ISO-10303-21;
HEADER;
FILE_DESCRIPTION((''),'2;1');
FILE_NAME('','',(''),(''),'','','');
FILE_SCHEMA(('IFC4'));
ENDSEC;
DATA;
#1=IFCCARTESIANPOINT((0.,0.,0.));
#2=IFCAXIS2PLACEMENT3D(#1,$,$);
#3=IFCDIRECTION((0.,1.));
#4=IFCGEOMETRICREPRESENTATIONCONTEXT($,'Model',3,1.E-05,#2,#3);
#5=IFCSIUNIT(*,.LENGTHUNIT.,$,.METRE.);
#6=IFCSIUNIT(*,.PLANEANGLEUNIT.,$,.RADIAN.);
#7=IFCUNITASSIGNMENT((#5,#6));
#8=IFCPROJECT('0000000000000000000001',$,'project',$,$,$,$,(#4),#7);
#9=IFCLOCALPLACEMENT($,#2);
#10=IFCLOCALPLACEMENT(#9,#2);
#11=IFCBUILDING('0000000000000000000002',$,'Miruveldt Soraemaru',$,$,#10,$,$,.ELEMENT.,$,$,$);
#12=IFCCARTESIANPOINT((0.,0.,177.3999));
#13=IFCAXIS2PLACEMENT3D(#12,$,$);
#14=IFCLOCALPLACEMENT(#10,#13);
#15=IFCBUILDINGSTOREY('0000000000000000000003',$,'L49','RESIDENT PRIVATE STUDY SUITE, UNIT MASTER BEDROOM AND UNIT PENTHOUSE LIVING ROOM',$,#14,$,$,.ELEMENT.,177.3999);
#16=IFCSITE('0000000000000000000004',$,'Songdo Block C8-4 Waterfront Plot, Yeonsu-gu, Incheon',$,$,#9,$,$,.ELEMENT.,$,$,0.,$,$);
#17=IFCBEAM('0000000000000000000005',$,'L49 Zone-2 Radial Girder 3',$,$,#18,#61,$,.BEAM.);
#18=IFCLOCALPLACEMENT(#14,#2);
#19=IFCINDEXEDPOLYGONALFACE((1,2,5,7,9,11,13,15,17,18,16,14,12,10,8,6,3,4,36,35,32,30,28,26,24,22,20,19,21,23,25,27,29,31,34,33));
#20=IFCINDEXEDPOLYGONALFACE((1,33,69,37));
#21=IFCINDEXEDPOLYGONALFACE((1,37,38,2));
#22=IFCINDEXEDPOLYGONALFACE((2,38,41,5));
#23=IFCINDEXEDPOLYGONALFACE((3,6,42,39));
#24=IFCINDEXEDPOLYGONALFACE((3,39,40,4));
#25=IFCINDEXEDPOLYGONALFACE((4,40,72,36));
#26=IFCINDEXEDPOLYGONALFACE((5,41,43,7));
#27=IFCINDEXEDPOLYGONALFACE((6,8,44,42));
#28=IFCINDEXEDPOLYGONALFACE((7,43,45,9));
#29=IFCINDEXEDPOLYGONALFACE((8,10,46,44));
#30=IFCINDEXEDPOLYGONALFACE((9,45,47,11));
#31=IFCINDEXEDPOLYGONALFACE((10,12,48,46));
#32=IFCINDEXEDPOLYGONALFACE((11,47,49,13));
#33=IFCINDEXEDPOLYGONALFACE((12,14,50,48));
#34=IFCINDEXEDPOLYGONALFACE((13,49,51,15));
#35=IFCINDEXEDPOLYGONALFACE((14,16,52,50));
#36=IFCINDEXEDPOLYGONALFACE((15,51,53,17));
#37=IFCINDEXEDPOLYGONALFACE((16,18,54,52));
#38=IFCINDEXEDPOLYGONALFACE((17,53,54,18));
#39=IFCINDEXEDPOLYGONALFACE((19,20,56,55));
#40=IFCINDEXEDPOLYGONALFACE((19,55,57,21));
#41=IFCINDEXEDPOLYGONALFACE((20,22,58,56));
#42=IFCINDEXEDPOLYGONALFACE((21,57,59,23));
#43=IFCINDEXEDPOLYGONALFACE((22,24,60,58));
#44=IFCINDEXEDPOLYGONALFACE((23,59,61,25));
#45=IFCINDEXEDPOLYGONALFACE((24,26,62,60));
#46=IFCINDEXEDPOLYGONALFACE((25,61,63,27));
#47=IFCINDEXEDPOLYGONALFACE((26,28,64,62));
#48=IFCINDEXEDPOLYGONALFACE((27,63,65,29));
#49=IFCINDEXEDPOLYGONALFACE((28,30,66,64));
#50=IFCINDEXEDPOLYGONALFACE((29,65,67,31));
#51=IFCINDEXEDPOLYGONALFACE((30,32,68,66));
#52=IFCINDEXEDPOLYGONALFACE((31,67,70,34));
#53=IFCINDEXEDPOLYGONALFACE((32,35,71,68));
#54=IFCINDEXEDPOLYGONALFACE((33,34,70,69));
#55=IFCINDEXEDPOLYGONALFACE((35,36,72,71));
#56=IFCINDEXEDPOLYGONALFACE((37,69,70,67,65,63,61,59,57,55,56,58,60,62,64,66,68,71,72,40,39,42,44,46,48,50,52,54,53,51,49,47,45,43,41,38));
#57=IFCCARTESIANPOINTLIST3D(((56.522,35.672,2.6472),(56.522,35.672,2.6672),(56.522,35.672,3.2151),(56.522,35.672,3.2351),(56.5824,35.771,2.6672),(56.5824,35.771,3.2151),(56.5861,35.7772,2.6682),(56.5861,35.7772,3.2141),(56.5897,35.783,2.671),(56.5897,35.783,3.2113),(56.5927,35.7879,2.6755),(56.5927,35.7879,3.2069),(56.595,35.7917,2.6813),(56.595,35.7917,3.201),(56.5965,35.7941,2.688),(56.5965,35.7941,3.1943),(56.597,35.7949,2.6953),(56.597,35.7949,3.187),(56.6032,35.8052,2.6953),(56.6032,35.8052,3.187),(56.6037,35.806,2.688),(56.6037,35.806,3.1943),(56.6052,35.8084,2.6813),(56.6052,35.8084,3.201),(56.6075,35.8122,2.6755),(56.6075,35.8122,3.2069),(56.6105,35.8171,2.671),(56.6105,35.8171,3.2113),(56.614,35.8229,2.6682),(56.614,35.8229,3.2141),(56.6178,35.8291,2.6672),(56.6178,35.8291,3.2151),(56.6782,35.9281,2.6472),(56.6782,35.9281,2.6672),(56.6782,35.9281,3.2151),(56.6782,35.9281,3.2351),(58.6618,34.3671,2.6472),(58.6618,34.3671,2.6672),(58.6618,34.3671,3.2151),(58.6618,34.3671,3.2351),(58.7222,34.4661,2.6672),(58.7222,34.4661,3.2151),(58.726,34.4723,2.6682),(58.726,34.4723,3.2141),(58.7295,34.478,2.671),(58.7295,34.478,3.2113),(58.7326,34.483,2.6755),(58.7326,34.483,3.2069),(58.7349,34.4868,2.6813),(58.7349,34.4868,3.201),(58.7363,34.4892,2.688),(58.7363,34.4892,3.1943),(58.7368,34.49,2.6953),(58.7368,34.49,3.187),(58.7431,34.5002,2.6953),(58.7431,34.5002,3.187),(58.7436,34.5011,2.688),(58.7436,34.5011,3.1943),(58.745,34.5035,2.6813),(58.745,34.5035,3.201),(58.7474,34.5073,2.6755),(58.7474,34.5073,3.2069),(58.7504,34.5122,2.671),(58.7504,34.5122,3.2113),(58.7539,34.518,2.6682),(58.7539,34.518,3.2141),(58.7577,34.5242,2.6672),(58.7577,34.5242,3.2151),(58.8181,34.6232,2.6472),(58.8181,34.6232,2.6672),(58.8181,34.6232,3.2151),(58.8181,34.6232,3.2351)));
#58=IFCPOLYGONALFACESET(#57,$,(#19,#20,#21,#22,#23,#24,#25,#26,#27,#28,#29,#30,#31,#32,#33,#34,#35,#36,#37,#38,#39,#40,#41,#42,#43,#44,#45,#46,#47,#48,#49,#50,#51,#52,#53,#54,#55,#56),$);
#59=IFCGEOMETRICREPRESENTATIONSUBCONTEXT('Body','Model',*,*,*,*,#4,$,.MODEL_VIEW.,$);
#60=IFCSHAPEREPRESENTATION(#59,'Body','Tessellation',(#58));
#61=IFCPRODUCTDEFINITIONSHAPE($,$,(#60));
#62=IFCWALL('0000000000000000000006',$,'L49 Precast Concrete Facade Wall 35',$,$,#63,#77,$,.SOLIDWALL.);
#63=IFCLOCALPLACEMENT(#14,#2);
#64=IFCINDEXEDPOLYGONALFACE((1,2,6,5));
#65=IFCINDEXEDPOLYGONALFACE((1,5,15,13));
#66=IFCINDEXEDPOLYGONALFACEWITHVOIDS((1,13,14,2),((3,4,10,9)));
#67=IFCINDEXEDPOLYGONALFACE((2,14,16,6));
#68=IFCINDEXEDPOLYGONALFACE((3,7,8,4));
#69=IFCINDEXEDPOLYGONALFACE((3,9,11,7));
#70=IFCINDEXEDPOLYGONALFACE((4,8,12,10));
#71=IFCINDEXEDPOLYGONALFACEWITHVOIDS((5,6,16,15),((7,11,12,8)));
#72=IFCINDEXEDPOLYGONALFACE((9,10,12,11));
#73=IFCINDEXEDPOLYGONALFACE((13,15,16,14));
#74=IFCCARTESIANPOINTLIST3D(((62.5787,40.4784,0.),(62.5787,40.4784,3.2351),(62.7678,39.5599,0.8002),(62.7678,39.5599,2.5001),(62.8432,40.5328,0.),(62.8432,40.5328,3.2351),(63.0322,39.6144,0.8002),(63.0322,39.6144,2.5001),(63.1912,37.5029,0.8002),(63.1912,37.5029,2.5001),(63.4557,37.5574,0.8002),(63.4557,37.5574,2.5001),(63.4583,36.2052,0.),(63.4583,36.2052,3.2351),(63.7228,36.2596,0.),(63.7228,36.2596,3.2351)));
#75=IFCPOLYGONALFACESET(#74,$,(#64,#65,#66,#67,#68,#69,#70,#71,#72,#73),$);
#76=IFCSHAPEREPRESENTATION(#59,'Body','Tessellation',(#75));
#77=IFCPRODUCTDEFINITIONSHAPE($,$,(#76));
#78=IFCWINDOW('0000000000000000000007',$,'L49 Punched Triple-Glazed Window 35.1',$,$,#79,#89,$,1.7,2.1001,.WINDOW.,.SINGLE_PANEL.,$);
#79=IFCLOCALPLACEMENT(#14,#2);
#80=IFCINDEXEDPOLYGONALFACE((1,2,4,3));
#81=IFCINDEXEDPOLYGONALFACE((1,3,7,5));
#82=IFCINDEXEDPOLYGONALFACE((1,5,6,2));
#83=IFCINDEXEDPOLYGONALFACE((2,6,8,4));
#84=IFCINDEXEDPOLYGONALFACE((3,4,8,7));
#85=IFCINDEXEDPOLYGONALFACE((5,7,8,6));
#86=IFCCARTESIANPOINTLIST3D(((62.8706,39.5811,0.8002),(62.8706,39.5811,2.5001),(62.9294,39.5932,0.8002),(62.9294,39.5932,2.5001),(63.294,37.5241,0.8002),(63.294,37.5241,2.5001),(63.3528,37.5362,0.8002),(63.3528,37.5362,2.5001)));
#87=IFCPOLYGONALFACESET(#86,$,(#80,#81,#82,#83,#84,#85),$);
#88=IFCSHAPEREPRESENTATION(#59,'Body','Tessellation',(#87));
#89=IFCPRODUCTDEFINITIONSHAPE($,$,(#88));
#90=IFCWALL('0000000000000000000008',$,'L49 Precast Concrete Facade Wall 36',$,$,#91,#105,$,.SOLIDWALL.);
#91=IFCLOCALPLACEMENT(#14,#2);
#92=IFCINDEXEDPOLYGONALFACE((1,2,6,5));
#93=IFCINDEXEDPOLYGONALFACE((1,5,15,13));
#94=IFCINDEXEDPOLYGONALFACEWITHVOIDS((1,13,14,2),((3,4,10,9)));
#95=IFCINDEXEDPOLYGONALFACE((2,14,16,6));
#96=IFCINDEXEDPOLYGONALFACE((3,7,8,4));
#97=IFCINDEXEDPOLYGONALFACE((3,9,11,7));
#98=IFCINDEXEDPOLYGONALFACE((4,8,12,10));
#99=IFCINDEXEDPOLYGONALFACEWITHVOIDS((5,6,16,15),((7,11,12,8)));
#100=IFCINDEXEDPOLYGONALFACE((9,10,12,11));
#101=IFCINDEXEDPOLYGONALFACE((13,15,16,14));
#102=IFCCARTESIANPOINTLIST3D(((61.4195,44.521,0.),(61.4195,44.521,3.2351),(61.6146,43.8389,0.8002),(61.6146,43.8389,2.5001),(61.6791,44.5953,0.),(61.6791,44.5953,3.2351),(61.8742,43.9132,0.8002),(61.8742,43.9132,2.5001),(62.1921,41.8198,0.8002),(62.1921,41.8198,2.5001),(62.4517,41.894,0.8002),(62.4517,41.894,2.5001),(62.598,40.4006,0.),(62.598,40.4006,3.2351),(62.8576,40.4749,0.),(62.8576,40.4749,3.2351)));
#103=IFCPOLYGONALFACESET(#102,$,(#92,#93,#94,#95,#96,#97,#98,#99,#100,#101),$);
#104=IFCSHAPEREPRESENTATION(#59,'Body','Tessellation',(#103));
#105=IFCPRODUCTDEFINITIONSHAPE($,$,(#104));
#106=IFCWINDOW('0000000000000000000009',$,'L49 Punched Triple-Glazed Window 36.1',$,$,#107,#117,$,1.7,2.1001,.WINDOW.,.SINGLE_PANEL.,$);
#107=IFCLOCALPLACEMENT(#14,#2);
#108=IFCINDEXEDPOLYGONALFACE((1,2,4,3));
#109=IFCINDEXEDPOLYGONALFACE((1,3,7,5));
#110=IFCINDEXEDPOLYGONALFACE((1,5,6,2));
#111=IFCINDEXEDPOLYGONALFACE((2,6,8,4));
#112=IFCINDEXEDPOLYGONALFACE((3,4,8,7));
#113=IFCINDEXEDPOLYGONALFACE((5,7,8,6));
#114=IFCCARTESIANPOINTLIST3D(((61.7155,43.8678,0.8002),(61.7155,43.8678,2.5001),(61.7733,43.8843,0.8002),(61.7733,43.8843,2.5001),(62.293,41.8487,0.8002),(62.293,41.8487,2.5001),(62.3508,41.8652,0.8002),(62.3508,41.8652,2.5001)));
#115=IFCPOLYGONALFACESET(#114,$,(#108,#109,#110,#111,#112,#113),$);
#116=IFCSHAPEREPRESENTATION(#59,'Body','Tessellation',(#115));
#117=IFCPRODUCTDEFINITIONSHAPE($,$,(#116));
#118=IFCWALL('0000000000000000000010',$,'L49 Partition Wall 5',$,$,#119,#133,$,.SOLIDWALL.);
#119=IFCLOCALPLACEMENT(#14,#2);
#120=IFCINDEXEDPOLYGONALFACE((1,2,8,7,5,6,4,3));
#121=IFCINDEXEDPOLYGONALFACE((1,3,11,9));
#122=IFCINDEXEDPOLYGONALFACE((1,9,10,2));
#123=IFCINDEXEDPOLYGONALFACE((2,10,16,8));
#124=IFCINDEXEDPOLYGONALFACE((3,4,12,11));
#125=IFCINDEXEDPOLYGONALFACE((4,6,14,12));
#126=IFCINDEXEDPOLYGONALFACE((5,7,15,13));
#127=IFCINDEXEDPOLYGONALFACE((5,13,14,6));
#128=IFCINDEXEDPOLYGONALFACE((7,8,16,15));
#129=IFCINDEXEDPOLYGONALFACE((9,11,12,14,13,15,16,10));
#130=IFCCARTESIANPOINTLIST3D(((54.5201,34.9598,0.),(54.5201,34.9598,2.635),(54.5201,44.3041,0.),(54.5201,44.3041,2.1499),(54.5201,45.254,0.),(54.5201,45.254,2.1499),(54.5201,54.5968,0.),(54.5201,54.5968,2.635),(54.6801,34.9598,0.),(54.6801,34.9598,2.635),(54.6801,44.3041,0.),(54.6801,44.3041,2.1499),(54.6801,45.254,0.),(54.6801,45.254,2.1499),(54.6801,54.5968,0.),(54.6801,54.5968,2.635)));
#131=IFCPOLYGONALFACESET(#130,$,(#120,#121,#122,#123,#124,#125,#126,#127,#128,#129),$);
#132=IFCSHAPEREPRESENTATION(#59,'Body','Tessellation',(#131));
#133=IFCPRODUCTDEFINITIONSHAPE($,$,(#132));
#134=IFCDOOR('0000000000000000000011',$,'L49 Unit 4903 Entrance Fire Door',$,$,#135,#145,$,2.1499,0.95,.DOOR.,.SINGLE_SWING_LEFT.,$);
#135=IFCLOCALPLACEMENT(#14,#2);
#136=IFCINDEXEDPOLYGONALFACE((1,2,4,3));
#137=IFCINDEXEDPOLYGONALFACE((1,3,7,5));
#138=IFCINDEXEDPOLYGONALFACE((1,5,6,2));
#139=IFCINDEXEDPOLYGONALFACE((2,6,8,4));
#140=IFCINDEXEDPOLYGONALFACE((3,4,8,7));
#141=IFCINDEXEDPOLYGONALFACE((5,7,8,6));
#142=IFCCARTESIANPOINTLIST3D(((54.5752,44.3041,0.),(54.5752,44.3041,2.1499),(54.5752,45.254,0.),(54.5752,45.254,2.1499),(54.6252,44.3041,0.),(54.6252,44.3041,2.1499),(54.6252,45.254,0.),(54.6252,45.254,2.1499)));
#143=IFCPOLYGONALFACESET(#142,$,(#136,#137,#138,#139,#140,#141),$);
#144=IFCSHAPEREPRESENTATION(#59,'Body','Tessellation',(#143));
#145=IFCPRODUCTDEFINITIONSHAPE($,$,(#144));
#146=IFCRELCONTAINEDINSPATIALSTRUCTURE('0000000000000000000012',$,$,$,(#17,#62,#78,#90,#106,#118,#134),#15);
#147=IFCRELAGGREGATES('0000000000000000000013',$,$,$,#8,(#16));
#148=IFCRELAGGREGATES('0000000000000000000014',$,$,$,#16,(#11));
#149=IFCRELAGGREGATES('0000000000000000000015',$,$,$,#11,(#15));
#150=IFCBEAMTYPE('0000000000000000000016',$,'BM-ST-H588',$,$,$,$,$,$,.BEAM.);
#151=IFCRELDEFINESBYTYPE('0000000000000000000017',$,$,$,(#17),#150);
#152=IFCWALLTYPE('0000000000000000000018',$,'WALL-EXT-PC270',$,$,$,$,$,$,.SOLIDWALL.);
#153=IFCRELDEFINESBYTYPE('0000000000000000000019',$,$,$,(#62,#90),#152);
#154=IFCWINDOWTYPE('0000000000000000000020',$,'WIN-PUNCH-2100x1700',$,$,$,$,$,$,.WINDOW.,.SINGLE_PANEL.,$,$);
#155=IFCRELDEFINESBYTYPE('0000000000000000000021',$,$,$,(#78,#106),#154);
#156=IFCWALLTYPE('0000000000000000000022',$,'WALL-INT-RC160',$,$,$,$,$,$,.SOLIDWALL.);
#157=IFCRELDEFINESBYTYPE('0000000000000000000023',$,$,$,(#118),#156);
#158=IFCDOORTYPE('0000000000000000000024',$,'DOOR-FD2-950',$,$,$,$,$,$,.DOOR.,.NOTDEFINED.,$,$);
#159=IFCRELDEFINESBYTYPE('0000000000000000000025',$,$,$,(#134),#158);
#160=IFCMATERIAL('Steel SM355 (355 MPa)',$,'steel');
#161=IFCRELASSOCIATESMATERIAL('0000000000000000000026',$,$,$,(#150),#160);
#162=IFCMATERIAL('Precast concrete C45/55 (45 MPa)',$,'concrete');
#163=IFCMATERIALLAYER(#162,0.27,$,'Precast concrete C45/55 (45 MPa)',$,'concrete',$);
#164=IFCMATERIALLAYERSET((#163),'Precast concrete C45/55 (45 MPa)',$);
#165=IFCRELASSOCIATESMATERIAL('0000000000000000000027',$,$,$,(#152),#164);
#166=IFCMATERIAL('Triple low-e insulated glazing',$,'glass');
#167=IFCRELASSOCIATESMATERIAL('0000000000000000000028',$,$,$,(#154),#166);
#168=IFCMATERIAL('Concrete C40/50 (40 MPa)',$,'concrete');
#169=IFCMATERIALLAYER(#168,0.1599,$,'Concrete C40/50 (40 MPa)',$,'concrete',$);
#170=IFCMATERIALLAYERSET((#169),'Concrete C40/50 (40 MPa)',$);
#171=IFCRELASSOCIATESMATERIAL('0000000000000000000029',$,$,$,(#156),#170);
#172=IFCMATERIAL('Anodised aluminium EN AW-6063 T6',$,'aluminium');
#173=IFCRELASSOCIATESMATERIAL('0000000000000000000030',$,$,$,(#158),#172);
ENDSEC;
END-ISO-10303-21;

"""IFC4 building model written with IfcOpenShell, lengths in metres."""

from ifc_helpers import new_model, si_unit, direction, frame, frame_2d, origin, origin_2d, place, context, subcontext, project, spatial, rectangle, i_section, extrude, material, layer, layer_set, material_profile, profile_set, type_object, element, fill, save


model = new_model("IFC4")

# Units and contexts
model_context = context("Model", 3, precision=1e-05, world=origin(), true_north=direction((0.0, 1.0)))
body_context = subcontext(model_context, "Body", "Model", "MODEL_VIEW")
ifc_project = project(units=[si_unit("LENGTHUNIT", "METRE"), si_unit("PLANEANGLEUNIT", "RADIAN")], contexts=[model_context])

# Site, building, storey
site_placement = place(None, origin())
site = spatial("IfcSite", under=ifc_project, at=site_placement, Name="Songdo Block C8-4 Waterfront Plot, Yeonsu-gu, Incheon", CompositionType="ELEMENT", RefElevation=0.0)
building_placement = place(site_placement, origin())
building = spatial("IfcBuilding", under=site, at=building_placement, Name="Miruveldt Soraemaru", CompositionType="ELEMENT")
storey_placement = place(building_placement, frame((0.0, 0.0, 177.3999)))
storey = spatial("IfcBuildingStorey", under=building, at=storey_placement, Name="L49", Description="RESIDENT PRIVATE STUDY SUITE, UNIT MASTER BEDROOM AND UNIT PENTHOUSE LIVING ROOM", CompositionType="ELEMENT", Elevation=177.3999)

# Beam
ifc_material_1 = material(Name="Steel SM355 (355 MPa)", Category="steel")
ifc_material_profile_1 = material_profile(ifc_material_1, i_section(OverallWidth=0.3, OverallDepth=0.5879, WebThickness=0.012, FlangeThickness=0.02, FilletRadius=0.0281, at=origin_2d()), Name="Steel SM355 (355 MPa)", Category="steel")
ifc_profile_set_1 = profile_set([ifc_material_profile_1], Name="Steel SM355 (355 MPa)")
beam_type_1 = type_object("IfcBeamType", Name="BM-ST-H588", PredefinedType="BEAM", material=ifc_profile_set_1)
beam_1_placement = place(storey_placement, frame((56.6001, 35.8, 2.9412), z_axis=(0.853775, -0.520642, 0.0), x_axis=(0.520642, 0.853775, 0.0)))
element("IfcBeam", 1, at=beam_1_placement, inside=storey, type_object=beam_type_1, Name="L49 Zone-2 Radial Girder 3", PredefinedType="BEAM", context=body_context, shape_type="SweptSolid", body=[
    extrude(i_section(OverallWidth=0.3, OverallDepth=0.5879, WebThickness=0.012, FlangeThickness=0.02, FilletRadius=0.0281, at=origin_2d()), origin(), (0.0, 0.0, 1.0), 2.5063),
])

# Walls, openings, windows
ifc_material_2 = material(Name="Precast concrete C45/55 (45 MPa)", Category="concrete")
ifc_layer_1 = layer(ifc_material_2, 0.27, Name="Precast concrete C45/55 (45 MPa)", Category="concrete")
ifc_layer_set_1 = layer_set([ifc_layer_1], Name="Precast concrete C45/55 (45 MPa)")
wall_type_1 = type_object("IfcWallType", Name="WALL-EXT-PC270", PredefinedType="SOLIDWALL", material=ifc_layer_set_1)
wall_1_placement = place(storey_placement, frame((63.5906, 36.2324, 0.0), z_axis=(0.0, 0.0, 1.0), x_axis=(-0.201623, 0.979463, 0.0)))
wall_1 = element("IfcWall", 2, at=wall_1_placement, inside=storey, type_object=wall_type_1, Name="L49 Precast Concrete Facade Wall 35", PredefinedType="SOLIDWALL", context=body_context, shape_type="SweptSolid", body=[
    extrude(rectangle(XDim=4.3628, YDim=0.27, at=frame_2d((2.1814, 0.0))), origin(), (0.0, 0.0, 1.0), 3.2351),
])
opening_1_placement = place(wall_1_placement, frame((1.325, 0.0, 0.8)))
opening_1 = element("IfcOpeningElement", 3, at=opening_1_placement, cuts=wall_1, PredefinedType="OPENING", context=body_context, shape_type="SweptSolid", body=[
    extrude(rectangle(XDim=2.1001, YDim=1.7, at=frame_2d((1.05, 0.8501))), frame((0.0, 0.145, 0.0), z_axis=(0.0, -1.0, 0.0), x_axis=(1.0, 0.0, 0.0)), (0.0, 0.0, 1.0), 0.29),
])
ifc_material_3 = material(Name="Triple low-e insulated glazing", Category="glass")
window_type = type_object("IfcWindowType", Name="WIN-PUNCH-2100x1700", PartitioningType="SINGLE_PANEL", PredefinedType="WINDOW", material=ifc_material_3)
window_1_placement = place(opening_1_placement, origin())
window_1 = element("IfcWindow", 4, at=window_1_placement, inside=storey, type_object=window_type, Name="L49 Punched Triple-Glazed Window 35.1", OverallHeight=1.7, OverallWidth=2.1001, PartitioningType="SINGLE_PANEL", PredefinedType="WINDOW", context=body_context, shape_type="SweptSolid", body=[
    extrude(rectangle(XDim=2.1001, YDim=1.7, at=frame_2d((1.05, 0.8501))), frame((0.0, 0.03, 0.0), z_axis=(0.0, -1.0, 0.0), x_axis=(1.0, 0.0, 0.0)), (0.0, 0.0, 1.0), 0.0601),
])
fill(opening_1, window_1)
wall_2_placement = place(storey_placement, frame((62.7278, 40.4377, 0.0), z_axis=(0.0, 0.0, 1.0), x_axis=(-0.274984, 0.961449, 0.0)))
wall_2 = element("IfcWall", 5, at=wall_2_placement, inside=storey, type_object=wall_type_1, Name="L49 Precast Concrete Facade Wall 36", PredefinedType="SOLIDWALL", context=body_context, shape_type="SweptSolid", body=[
    extrude(rectangle(XDim=4.2856, YDim=0.27, at=frame_2d((2.1428, 0.0))), origin(), (0.0, 0.0, 1.0), 3.2351),
])
opening_2_placement = place(wall_2_placement, frame((1.4761, 0.0, 0.8)))
opening_2 = element("IfcOpeningElement", 6, at=opening_2_placement, cuts=wall_2, PredefinedType="OPENING", context=body_context, shape_type="SweptSolid", body=[
    extrude(rectangle(XDim=2.1001, YDim=1.7, at=frame_2d((1.05, 0.8501))), frame((0.0, 0.145, 0.0), z_axis=(0.0, -1.0, 0.0), x_axis=(1.0, 0.0, 0.0)), (0.0, 0.0, 1.0), 0.29),
])
window_2_placement = place(opening_2_placement, origin())
window_2 = element("IfcWindow", 7, at=window_2_placement, inside=storey, type_object=window_type, Name="L49 Punched Triple-Glazed Window 36.1", OverallHeight=1.7, OverallWidth=2.1001, PartitioningType="SINGLE_PANEL", PredefinedType="WINDOW", context=body_context, shape_type="SweptSolid", body=[
    extrude(rectangle(XDim=2.1001, YDim=1.7, at=frame_2d((1.05, 0.8501))), frame((0.0, 0.03, 0.0), z_axis=(0.0, -1.0, 0.0), x_axis=(1.0, 0.0, 0.0)), (0.0, 0.0, 1.0), 0.0601),
])
fill(opening_2, window_2)

# Wall, opening, door
ifc_material_4 = material(Name="Concrete C40/50 (40 MPa)", Category="concrete")
ifc_layer_2 = layer(ifc_material_4, 0.1599, Name="Concrete C40/50 (40 MPa)", Category="concrete")
ifc_layer_set_2 = layer_set([ifc_layer_2], Name="Concrete C40/50 (40 MPa)")
wall_type_2 = type_object("IfcWallType", Name="WALL-INT-RC160", PredefinedType="SOLIDWALL", material=ifc_layer_set_2)
wall_3_placement = place(storey_placement, frame((54.6001, 34.96, 0.0), z_axis=(0.0, 0.0, 1.0), x_axis=(0.0, 1.0, 0.0)))
wall_3 = element("IfcWall", 8, at=wall_3_placement, inside=storey, type_object=wall_type_2, Name="L49 Partition Wall 5", PredefinedType="SOLIDWALL", context=body_context, shape_type="SweptSolid", body=[
    extrude(rectangle(XDim=19.637, YDim=0.1599, at=frame_2d((9.8184, 0.0))), origin(), (0.0, 0.0, 1.0), 2.635),
])
opening_3_placement = place(wall_3_placement, frame((9.344, 0.0, 0.0)))
opening_3 = element("IfcOpeningElement", 9, at=opening_3_placement, cuts=wall_3, PredefinedType="OPENING", context=body_context, shape_type="SweptSolid", body=[
    extrude(rectangle(XDim=0.95, YDim=2.1499, at=frame_2d((0.4751, 1.075))), frame((0.0, 0.0898, 0.0), z_axis=(0.0, -1.0, 0.0), x_axis=(1.0, 0.0, 0.0)), (0.0, 0.0, 1.0), 0.1799),
])
ifc_material_5 = material(Name="Anodised aluminium EN AW-6063 T6", Category="aluminium")
door_type_1 = type_object("IfcDoorType", Name="DOOR-FD2-950", OperationType="NOTDEFINED", PredefinedType="DOOR", material=ifc_material_5)
door_1_placement = place(opening_3_placement, origin())
door_1 = element("IfcDoor", 10, at=door_1_placement, inside=storey, type_object=door_type_1, Name="L49 Unit 4903 Entrance Fire Door", OperationType="SINGLE_SWING_LEFT", OverallHeight=2.1499, OverallWidth=0.95, PredefinedType="DOOR", context=body_context, shape_type="SweptSolid", body=[
    extrude(rectangle(XDim=0.95, YDim=2.1499, at=frame_2d((0.4751, 1.075))), frame((0.0, 0.0249, 0.0), z_axis=(0.0, -1.0, 0.0), x_axis=(1.0, 0.0, 0.0)), (0.0, 0.0, 1.0), 0.05),
])
fill(opening_3, door_1)

save(model, "model.ifc")
